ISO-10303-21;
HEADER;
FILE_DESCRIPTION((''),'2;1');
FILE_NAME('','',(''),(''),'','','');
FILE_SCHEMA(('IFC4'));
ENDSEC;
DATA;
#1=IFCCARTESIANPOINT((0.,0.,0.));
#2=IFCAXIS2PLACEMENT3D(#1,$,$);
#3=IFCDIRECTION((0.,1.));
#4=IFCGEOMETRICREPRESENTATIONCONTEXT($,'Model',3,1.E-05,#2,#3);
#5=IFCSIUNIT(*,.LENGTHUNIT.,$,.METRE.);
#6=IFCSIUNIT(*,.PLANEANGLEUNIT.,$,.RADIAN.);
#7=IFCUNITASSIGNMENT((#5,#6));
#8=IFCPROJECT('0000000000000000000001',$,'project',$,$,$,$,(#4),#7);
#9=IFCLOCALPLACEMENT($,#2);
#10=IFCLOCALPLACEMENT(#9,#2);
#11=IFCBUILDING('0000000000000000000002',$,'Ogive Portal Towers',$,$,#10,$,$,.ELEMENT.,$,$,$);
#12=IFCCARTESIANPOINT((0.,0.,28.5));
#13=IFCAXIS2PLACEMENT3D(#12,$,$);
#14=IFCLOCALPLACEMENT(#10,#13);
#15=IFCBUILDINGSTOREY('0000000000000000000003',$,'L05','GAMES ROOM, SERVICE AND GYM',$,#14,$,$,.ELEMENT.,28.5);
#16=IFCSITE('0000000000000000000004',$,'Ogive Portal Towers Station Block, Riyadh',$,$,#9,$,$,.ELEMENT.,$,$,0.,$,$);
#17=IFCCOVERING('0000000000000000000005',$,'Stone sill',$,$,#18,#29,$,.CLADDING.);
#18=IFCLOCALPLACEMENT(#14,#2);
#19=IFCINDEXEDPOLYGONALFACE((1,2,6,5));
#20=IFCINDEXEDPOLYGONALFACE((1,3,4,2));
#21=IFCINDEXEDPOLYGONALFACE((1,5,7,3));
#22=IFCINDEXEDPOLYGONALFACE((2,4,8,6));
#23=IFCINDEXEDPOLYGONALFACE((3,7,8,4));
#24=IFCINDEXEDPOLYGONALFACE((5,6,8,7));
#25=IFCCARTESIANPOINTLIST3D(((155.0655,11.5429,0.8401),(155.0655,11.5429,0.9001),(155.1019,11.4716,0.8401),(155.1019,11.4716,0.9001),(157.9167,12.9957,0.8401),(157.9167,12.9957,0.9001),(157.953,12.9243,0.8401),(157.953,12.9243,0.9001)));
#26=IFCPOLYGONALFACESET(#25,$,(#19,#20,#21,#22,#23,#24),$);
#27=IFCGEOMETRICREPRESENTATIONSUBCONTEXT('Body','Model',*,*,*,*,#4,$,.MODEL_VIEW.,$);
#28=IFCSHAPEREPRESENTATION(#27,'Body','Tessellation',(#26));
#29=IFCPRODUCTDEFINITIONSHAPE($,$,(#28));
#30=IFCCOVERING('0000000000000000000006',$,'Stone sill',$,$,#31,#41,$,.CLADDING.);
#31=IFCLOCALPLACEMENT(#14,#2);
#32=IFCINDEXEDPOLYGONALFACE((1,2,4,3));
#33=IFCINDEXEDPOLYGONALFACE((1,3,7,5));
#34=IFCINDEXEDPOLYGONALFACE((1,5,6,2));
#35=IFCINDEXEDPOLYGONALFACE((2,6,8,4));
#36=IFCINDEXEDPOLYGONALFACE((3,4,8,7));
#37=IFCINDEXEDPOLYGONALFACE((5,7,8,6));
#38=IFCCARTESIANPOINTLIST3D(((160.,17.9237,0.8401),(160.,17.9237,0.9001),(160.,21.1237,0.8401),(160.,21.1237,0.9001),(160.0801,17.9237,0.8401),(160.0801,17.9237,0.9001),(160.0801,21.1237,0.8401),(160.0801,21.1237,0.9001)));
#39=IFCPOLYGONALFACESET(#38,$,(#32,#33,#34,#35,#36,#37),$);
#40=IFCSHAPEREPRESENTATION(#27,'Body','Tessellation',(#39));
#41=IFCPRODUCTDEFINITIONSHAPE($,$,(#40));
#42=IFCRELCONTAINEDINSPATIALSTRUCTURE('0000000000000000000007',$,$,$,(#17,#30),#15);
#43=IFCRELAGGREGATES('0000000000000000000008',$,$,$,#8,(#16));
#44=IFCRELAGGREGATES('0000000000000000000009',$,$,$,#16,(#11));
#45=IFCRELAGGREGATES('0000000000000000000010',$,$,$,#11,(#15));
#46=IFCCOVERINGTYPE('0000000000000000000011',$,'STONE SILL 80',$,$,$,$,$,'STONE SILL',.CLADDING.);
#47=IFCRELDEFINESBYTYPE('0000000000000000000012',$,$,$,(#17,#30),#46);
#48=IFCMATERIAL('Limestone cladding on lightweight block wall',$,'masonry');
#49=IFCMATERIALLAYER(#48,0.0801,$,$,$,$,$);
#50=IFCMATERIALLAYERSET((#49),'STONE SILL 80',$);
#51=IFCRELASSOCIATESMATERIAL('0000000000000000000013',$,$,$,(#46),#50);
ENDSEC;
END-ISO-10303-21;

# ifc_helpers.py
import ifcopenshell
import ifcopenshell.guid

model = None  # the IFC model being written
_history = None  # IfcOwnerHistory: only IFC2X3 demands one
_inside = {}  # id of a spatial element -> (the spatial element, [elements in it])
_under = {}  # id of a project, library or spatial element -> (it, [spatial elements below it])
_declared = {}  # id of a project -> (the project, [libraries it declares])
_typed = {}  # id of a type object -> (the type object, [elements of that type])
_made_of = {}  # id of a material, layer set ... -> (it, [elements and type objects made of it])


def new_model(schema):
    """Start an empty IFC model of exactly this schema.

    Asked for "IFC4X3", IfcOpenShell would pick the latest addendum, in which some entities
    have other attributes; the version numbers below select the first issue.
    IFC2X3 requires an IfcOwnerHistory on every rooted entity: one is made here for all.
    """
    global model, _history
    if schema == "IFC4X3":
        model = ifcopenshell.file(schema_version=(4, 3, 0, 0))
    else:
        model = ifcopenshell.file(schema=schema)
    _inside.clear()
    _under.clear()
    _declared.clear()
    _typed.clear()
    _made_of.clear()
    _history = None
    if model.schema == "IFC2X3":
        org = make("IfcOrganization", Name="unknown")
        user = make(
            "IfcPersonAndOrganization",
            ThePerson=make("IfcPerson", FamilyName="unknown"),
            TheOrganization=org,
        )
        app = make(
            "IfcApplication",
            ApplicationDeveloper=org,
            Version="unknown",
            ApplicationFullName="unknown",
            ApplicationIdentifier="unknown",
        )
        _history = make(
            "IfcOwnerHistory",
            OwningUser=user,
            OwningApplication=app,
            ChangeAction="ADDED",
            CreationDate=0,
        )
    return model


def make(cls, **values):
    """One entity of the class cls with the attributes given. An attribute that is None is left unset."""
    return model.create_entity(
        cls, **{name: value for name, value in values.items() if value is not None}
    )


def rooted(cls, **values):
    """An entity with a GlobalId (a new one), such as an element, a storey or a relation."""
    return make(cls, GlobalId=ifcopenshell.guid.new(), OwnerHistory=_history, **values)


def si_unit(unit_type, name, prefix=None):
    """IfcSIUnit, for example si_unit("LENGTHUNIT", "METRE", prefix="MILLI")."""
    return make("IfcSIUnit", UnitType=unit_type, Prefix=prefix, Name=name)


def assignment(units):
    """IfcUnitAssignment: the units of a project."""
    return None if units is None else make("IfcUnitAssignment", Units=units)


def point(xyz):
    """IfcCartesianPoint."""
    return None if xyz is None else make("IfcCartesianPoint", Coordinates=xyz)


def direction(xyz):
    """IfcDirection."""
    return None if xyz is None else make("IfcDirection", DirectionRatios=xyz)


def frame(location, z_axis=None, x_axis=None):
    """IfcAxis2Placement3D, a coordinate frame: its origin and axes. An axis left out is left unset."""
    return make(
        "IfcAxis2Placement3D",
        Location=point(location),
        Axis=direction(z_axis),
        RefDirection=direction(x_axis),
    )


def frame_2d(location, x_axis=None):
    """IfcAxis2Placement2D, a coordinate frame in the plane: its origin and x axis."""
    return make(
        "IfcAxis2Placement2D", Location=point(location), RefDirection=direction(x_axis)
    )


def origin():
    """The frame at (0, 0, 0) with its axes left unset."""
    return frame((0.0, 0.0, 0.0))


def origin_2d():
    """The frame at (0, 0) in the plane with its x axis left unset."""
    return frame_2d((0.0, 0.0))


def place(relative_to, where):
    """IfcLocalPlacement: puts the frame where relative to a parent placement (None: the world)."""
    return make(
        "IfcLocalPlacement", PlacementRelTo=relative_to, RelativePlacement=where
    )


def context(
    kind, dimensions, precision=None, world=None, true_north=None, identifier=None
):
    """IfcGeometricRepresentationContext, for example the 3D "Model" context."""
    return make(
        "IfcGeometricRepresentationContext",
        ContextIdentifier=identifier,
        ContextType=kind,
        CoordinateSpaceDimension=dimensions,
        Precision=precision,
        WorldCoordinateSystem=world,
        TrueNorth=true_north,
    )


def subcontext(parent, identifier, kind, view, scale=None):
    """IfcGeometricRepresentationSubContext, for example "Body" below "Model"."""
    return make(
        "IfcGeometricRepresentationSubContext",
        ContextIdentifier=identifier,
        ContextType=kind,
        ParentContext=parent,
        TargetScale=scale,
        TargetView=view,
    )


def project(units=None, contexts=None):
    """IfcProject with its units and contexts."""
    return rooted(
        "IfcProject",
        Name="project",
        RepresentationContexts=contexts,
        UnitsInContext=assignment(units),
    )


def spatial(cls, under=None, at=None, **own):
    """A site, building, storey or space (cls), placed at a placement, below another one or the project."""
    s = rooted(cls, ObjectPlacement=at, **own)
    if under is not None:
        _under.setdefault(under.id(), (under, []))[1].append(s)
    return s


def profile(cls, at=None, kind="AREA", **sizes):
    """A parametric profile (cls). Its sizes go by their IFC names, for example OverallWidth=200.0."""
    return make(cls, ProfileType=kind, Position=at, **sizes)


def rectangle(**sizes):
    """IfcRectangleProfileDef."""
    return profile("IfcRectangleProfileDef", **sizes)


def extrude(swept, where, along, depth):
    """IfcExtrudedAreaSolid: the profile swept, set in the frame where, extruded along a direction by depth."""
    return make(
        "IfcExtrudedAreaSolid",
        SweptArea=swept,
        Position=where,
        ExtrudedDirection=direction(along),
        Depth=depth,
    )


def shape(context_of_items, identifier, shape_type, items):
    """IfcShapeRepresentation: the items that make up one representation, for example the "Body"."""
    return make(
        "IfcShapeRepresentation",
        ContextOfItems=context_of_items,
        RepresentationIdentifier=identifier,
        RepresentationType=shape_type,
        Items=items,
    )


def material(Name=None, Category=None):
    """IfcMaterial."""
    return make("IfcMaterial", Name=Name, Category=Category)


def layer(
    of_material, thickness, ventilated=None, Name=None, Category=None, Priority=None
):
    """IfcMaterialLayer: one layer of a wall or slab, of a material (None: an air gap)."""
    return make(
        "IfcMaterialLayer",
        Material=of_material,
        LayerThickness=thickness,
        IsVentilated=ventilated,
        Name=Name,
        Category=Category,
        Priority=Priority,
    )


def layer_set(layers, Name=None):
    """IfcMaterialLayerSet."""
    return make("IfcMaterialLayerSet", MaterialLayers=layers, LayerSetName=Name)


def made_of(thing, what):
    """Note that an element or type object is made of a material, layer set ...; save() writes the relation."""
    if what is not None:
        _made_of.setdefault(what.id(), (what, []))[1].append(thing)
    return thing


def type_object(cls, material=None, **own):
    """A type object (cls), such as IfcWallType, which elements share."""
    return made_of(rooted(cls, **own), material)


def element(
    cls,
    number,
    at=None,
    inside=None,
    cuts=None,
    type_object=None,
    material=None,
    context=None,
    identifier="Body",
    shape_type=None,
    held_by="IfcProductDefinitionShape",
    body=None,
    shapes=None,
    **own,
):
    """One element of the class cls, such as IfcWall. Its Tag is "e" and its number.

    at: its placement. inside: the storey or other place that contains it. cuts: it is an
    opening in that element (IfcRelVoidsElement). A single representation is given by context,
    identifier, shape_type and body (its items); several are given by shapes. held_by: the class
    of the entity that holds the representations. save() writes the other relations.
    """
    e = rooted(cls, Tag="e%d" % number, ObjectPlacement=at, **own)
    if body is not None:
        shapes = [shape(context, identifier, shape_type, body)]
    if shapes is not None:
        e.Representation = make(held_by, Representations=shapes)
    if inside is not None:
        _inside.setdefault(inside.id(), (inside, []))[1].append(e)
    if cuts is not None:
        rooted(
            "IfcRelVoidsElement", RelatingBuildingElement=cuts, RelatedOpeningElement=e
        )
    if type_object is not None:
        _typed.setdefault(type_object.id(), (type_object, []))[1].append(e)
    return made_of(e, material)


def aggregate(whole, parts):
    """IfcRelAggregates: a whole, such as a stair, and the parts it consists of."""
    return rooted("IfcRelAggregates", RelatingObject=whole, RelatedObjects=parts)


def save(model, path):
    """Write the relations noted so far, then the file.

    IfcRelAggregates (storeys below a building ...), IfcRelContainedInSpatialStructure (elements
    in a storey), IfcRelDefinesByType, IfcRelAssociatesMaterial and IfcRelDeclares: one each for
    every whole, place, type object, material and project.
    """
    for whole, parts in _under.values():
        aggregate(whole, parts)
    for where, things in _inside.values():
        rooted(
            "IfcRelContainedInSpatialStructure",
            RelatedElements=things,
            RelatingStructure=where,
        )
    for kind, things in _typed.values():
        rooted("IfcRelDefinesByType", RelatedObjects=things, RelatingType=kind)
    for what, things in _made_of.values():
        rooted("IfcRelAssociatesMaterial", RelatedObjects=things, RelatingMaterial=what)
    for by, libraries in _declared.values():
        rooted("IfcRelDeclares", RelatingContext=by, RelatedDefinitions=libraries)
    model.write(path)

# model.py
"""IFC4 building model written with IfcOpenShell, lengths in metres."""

from ifc_helpers import new_model, si_unit, direction, frame, origin, origin_2d, place, context, subcontext, project, spatial, rectangle, extrude, material, layer, layer_set, type_object, element, save


model = new_model("IFC4")

# Units and contexts
model_context = context("Model", 3, precision=1e-05, world=origin(), true_north=direction((0.0, 1.0)))
body_context = subcontext(model_context, "Body", "Model", "MODEL_VIEW")
ifc_project = project(units=[si_unit("LENGTHUNIT", "METRE"), si_unit("PLANEANGLEUNIT", "RADIAN")], contexts=[model_context])

# Site, building, storey
site_placement = place(None, origin())
site = spatial("IfcSite", under=ifc_project, at=site_placement, Name="Ogive Portal Towers Station Block, Riyadh", CompositionType="ELEMENT", RefElevation=0.0)
building_placement = place(site_placement, origin())
building = spatial("IfcBuilding", under=site, at=building_placement, Name="Ogive Portal Towers", CompositionType="ELEMENT")
storey_placement = place(building_placement, frame((0.0, 0.0, 28.5)))
storey = spatial("IfcBuildingStorey", under=building, at=storey_placement, Name="L05", Description="GAMES ROOM, SERVICE AND GYM", CompositionType="ELEMENT", Elevation=28.5)

# Shared definitions
ifc_material_1 = material(Name="Limestone cladding on lightweight block wall", Category="masonry")

# Coverings
ifc_layer_1 = layer(ifc_material_1, 0.0801)
ifc_layer_set_1 = layer_set([ifc_layer_1], Name="STONE SILL 80")
covering_type = type_object("IfcCoveringType", Name="STONE SILL 80", ElementType="STONE SILL", PredefinedType="CLADDING", material=ifc_layer_set_1)
for number, where, z_axis, x_axis, name in (
    (1, (156.5093, 12.2336, 0.8401), (0.0, 0.0, 1.0), (0.891007, 0.45399, 0.0), "Stone sill"),
    (2, (160.04, 19.5237, 0.8401), (0.0, 0.0, 1.0), (0.0, 1.0, 0.0), "Stone sill"),
):
    element("IfcCovering", number, at=place(storey_placement, frame(where, z_axis=z_axis, x_axis=x_axis)), inside=storey, type_object=covering_type, Name=name, PredefinedType="CLADDING", context=body_context, shape_type="SweptSolid", body=[
        extrude(rectangle(XDim=3.2, YDim=0.0801, at=origin_2d()), origin(), (0.0, 0.0, 1.0), 0.0601),
    ])

save(model, "model.ifc")
